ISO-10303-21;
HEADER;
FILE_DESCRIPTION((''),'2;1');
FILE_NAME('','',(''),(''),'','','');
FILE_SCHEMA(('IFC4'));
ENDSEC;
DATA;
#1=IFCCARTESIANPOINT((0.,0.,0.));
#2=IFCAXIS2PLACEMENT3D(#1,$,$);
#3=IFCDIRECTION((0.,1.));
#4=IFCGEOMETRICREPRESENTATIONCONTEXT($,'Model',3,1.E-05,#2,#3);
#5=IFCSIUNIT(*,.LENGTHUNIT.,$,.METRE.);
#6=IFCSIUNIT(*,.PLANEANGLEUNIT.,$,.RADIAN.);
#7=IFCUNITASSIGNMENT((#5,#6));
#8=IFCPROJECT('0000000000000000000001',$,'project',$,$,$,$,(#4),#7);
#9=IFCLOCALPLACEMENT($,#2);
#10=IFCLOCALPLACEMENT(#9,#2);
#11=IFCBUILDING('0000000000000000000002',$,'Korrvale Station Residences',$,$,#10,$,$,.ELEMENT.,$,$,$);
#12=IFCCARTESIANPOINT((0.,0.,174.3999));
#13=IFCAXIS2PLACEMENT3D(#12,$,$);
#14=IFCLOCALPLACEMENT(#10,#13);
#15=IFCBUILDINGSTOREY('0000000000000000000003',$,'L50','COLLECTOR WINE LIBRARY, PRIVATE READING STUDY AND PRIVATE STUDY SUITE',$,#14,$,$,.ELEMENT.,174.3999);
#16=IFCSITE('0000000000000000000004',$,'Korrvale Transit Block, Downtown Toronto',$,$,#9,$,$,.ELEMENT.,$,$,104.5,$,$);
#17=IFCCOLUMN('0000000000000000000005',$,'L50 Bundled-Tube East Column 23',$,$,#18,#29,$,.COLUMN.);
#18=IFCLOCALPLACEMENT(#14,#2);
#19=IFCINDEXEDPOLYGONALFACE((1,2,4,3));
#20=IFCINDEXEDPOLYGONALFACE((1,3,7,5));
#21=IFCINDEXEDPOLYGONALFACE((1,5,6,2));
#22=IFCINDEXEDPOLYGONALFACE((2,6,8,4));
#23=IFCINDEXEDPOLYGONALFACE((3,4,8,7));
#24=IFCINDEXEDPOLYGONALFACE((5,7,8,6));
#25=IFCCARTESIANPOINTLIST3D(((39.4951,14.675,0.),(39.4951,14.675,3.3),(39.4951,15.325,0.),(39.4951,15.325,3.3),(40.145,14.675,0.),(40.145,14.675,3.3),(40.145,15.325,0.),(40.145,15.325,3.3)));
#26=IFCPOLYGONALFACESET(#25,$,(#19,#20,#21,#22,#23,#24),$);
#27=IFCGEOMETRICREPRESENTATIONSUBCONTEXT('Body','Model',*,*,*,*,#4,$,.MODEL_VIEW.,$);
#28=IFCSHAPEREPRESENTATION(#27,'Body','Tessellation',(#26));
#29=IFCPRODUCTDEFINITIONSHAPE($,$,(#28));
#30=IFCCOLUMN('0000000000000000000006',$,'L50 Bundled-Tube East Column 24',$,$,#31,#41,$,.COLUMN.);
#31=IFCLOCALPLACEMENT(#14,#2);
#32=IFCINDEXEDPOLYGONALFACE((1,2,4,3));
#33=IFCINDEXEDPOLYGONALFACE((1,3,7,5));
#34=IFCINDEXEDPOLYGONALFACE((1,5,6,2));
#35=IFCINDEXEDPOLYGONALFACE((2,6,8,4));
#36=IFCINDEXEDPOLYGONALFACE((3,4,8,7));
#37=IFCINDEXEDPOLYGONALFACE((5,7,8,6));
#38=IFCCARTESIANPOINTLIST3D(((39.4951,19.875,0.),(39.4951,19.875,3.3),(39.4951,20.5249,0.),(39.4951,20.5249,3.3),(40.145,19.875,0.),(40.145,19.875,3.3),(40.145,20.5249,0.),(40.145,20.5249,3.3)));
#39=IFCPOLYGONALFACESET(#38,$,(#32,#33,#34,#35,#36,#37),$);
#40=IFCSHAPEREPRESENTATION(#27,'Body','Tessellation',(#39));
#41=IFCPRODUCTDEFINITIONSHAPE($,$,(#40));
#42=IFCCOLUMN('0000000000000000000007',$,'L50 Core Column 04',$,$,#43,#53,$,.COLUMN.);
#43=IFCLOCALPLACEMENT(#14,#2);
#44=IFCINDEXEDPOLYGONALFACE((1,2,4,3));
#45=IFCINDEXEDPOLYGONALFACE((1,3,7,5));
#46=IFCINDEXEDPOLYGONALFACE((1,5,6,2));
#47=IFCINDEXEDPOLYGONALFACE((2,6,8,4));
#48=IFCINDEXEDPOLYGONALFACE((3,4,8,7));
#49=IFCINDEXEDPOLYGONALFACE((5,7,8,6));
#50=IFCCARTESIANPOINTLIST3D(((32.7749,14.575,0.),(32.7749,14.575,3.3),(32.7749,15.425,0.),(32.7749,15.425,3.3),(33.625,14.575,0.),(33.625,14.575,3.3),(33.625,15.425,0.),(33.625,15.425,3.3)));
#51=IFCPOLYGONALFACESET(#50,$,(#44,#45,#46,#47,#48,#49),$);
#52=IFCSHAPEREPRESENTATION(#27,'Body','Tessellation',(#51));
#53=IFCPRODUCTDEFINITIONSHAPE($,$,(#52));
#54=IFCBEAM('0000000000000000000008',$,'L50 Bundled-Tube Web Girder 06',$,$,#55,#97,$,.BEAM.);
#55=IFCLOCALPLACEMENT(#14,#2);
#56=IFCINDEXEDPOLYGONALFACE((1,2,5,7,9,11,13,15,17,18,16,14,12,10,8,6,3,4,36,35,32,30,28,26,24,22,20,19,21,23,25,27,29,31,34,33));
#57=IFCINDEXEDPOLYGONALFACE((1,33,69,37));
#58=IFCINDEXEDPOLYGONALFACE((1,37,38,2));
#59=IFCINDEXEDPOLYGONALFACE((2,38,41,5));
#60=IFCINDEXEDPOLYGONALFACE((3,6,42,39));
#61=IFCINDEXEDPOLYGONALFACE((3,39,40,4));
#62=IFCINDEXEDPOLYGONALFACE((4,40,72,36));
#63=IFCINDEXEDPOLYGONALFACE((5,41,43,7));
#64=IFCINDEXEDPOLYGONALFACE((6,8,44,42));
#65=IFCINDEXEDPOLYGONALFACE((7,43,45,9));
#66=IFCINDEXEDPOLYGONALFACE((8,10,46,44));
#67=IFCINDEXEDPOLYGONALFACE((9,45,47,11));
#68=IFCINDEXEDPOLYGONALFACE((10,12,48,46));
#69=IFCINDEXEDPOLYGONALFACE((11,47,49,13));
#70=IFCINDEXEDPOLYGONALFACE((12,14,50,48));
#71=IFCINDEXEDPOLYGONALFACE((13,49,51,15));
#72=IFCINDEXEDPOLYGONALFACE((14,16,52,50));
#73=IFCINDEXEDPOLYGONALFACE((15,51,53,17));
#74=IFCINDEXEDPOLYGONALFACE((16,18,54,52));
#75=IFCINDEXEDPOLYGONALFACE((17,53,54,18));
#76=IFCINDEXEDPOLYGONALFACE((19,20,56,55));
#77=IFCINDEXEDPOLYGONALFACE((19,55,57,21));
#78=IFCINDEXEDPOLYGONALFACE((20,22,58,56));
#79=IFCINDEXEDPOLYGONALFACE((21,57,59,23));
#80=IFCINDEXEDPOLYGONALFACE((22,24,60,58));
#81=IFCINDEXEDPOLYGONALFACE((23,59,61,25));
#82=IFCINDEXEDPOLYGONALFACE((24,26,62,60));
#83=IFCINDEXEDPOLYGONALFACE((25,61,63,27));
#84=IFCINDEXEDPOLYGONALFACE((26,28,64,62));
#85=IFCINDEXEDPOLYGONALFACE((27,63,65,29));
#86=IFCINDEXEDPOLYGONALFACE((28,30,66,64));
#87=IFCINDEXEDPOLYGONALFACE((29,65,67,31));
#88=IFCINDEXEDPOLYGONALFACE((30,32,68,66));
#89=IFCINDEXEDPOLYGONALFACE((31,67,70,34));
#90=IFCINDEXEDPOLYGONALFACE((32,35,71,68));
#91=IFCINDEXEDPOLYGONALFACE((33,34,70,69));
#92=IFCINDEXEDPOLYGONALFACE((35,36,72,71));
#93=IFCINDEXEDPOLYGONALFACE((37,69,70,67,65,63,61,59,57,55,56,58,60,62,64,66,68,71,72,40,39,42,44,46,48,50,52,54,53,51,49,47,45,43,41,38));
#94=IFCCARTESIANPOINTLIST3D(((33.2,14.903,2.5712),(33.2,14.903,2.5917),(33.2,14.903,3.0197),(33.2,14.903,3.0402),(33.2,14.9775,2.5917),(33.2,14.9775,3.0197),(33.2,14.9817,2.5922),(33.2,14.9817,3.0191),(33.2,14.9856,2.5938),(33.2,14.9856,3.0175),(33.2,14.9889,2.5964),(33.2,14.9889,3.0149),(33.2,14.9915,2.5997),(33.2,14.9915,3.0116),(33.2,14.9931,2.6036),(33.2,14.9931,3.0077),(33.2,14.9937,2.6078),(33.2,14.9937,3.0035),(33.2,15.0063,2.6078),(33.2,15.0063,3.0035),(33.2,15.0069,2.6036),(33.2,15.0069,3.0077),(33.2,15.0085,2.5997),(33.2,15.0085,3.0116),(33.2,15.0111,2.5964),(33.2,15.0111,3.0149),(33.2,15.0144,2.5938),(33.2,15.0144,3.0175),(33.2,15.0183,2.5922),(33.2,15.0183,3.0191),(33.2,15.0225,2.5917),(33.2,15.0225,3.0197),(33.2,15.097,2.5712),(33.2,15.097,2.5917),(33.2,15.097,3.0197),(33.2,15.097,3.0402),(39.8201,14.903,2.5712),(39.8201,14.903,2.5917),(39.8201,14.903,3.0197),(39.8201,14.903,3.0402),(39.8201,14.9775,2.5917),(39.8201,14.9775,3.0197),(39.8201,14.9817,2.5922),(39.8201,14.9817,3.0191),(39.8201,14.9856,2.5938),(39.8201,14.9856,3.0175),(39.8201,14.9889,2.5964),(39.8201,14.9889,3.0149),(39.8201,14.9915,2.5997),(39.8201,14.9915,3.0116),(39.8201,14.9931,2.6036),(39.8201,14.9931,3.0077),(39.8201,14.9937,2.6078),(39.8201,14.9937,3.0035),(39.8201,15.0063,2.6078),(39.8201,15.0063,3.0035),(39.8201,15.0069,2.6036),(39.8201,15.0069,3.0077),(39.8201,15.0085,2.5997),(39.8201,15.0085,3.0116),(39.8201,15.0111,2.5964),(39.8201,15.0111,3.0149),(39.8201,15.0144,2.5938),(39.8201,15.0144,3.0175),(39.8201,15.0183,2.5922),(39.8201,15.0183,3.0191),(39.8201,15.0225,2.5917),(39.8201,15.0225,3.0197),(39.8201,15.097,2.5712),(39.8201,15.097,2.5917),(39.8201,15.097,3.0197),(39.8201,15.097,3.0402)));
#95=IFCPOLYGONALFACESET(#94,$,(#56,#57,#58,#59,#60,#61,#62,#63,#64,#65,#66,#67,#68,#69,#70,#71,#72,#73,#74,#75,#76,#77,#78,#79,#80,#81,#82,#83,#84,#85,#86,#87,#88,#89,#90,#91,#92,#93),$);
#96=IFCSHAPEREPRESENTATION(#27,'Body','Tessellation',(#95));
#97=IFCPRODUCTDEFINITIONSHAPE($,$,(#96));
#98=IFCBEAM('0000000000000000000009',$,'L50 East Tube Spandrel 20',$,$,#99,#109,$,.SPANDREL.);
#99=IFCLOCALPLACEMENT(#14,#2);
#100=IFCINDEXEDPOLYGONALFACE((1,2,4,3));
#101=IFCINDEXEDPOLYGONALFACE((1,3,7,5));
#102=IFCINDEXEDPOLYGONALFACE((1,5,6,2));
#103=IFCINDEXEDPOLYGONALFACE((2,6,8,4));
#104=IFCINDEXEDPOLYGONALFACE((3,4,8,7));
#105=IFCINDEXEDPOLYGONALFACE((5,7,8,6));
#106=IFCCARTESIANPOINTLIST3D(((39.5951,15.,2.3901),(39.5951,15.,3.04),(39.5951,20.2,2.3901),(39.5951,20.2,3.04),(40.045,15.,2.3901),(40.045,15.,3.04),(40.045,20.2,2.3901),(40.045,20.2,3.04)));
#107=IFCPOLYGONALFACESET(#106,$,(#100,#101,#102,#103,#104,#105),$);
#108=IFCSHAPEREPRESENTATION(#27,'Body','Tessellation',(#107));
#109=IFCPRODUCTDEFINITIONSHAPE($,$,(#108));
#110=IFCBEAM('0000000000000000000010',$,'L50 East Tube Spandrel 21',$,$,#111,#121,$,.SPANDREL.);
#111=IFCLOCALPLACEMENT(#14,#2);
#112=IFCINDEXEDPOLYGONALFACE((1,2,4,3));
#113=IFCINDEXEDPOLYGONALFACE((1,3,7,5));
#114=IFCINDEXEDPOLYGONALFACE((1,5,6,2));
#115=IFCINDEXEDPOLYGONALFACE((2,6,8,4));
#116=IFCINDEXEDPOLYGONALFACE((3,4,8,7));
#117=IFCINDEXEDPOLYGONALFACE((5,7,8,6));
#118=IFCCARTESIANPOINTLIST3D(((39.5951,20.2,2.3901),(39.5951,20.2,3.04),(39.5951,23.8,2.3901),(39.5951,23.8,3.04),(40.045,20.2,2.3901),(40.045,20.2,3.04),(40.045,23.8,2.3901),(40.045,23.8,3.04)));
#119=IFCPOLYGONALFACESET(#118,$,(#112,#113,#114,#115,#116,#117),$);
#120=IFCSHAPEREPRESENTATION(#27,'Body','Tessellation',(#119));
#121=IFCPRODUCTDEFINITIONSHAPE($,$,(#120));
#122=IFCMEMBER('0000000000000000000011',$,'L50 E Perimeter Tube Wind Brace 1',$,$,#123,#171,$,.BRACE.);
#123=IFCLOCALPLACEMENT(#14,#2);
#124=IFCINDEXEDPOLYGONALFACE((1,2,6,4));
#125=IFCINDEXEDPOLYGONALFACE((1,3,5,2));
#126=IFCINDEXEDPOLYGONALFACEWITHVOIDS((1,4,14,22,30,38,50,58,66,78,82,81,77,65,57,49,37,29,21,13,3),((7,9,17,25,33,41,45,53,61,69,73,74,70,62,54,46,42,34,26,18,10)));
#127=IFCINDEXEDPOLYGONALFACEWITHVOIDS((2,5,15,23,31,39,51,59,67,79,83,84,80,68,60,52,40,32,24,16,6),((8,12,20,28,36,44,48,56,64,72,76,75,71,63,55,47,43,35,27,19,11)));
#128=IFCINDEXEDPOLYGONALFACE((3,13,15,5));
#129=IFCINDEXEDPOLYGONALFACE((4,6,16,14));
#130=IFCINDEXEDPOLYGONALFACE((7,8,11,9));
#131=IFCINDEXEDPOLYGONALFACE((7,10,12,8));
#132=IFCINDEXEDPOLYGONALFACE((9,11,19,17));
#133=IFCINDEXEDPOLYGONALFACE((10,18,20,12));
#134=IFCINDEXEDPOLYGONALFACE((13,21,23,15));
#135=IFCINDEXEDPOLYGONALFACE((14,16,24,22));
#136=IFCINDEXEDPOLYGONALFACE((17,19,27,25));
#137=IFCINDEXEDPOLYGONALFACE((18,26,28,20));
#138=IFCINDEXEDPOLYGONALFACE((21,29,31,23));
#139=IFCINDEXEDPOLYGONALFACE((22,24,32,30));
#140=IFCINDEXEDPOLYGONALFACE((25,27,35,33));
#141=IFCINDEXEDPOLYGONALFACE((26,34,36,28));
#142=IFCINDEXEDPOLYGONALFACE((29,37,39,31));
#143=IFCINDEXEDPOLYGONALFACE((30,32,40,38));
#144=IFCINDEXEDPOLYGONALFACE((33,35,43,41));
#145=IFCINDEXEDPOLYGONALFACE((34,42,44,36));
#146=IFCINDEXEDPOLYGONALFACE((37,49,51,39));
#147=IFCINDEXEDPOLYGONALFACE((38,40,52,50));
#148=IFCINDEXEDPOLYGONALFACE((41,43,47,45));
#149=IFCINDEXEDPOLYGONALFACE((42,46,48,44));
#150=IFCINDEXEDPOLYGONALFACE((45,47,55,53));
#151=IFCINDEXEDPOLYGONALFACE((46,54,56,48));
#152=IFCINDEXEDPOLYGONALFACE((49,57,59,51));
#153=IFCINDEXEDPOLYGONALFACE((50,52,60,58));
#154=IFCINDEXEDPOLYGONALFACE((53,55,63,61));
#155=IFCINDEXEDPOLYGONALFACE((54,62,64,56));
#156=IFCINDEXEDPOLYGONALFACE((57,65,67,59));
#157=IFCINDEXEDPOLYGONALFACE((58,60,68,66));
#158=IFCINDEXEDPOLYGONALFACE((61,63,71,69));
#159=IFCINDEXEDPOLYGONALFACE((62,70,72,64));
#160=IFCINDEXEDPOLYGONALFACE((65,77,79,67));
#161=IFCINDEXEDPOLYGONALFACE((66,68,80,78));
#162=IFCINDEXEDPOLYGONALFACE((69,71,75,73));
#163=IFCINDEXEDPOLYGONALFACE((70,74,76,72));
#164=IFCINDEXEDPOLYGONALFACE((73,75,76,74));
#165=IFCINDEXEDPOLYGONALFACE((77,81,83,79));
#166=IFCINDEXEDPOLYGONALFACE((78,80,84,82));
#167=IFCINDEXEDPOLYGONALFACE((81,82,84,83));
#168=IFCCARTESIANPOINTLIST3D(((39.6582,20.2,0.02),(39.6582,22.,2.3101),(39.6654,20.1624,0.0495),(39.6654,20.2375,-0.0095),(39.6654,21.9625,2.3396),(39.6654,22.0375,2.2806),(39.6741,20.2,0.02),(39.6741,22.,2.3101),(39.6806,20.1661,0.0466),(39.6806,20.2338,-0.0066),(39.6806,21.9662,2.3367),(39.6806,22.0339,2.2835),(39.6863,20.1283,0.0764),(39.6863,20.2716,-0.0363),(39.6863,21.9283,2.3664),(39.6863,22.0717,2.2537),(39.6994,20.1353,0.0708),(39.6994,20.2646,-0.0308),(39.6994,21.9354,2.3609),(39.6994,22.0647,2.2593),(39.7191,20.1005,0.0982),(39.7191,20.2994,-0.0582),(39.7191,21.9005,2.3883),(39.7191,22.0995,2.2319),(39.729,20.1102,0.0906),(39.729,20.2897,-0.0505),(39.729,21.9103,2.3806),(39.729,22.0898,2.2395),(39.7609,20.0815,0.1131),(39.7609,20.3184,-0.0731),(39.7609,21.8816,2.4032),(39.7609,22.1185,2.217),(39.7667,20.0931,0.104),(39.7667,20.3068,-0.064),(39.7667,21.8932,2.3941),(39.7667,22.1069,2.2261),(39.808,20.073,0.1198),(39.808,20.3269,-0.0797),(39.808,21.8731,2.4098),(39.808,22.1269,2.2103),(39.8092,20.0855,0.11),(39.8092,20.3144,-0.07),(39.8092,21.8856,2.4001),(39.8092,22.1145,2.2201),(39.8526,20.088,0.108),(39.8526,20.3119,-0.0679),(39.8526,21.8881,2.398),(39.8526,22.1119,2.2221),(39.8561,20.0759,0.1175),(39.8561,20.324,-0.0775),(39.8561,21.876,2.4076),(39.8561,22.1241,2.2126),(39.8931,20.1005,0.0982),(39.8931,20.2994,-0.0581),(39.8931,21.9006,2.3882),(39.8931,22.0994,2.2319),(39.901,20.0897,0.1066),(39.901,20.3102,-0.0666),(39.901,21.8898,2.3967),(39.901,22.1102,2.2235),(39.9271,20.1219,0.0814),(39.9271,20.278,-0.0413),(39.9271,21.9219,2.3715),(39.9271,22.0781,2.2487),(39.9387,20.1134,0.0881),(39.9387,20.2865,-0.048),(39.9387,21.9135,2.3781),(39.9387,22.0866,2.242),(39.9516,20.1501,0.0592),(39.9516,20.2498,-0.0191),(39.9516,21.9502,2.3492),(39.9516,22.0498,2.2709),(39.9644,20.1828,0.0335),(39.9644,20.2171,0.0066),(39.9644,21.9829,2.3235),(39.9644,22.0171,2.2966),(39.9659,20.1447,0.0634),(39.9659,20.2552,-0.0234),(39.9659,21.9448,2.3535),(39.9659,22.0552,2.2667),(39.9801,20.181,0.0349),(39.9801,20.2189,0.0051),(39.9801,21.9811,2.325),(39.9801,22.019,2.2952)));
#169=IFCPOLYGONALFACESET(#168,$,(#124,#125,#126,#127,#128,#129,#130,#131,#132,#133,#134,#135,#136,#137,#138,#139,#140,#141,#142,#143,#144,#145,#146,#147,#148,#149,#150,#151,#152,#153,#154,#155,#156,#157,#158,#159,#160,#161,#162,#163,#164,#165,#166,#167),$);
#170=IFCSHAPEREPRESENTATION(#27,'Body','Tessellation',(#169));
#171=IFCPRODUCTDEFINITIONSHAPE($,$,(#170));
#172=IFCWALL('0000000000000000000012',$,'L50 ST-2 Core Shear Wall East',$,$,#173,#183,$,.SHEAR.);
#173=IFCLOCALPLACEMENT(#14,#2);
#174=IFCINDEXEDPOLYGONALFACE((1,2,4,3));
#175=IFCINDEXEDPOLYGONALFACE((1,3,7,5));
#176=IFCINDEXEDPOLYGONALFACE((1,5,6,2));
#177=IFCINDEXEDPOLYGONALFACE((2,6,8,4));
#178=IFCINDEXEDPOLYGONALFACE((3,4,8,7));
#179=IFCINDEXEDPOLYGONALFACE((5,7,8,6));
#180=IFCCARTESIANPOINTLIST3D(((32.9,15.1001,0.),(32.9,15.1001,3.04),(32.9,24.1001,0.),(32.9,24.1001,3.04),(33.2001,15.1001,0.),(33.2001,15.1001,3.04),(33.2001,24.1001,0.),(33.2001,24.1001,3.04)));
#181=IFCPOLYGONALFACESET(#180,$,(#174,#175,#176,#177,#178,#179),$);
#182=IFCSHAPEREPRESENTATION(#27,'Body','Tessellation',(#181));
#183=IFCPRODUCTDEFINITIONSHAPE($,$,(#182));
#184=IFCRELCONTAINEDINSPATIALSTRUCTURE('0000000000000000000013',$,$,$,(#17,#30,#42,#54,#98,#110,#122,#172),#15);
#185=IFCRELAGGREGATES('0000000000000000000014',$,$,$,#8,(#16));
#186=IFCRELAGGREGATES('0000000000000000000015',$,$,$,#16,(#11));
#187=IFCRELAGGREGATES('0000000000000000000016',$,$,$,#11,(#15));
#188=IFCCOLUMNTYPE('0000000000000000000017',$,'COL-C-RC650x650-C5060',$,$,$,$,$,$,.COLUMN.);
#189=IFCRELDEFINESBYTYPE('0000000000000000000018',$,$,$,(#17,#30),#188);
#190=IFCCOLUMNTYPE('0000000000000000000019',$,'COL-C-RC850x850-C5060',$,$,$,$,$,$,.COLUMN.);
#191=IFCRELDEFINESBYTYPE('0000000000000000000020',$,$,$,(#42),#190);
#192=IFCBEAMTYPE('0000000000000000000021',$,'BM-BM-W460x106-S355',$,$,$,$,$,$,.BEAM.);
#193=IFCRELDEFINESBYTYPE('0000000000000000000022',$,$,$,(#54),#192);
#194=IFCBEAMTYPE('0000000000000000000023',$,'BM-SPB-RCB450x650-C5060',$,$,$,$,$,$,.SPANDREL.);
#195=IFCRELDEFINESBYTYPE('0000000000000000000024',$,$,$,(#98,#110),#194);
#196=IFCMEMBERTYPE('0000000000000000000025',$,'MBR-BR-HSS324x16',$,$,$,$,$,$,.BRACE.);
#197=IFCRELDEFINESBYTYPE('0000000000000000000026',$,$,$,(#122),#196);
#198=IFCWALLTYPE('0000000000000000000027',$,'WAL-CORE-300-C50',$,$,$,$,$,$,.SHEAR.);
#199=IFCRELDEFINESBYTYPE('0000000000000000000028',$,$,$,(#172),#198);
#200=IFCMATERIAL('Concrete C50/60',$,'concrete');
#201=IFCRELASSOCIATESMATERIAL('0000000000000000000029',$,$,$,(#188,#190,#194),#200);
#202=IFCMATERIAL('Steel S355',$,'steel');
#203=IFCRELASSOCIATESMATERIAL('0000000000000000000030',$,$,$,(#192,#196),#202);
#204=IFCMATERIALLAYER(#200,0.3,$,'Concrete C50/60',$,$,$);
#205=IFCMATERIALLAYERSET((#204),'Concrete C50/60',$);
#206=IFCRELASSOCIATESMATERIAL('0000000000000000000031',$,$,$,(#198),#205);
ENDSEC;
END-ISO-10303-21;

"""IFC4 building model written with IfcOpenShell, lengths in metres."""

from ifc_helpers import new_model, si_unit, direction, frame, frame_2d, origin, origin_2d, place, context, subcontext, project, spatial, rectangle, hollow_circle, i_section, extrude, material, layer, layer_set, material_profile, profile_set, type_object, element, save


model = new_model("IFC4")

# Units and contexts
model_context = context("Model", 3, precision=1e-05, world=origin(), true_north=direction((0.0, 1.0)))
body_context = subcontext(model_context, "Body", "Model", "MODEL_VIEW")
ifc_project = project(units=[si_unit("LENGTHUNIT", "METRE"), si_unit("PLANEANGLEUNIT", "RADIAN")], contexts=[model_context])

# Site, building, storey
site_placement = place(None, origin())
site = spatial("IfcSite", under=ifc_project, at=site_placement, Name="Korrvale Transit Block, Downtown Toronto", CompositionType="ELEMENT", RefElevation=104.5)
building_placement = place(site_placement, origin())
building = spatial("IfcBuilding", under=site, at=building_placement, Name="Korrvale Station Residences", CompositionType="ELEMENT")
storey_placement = place(building_placement, frame((0.0, 0.0, 174.3999)))
storey = spatial("IfcBuildingStorey", under=building, at=storey_placement, Name="L50", Description="COLLECTOR WINE LIBRARY, PRIVATE READING STUDY AND PRIVATE STUDY SUITE", CompositionType="ELEMENT", Elevation=174.3999)

# Columns
ifc_material_1 = material(Name="Concrete C50/60", Category="concrete")
ifc_material_profile_1 = material_profile(ifc_material_1, rectangle(XDim=0.6499, YDim=0.6499, at=origin_2d()), Name="RC650x650")
ifc_profile_set_1 = profile_set([ifc_material_profile_1], Name="Concrete C50/60")
column_type_1 = type_object("IfcColumnType", Name="COL-C-RC650x650-C5060", PredefinedType="COLUMN", material=ifc_profile_set_1)
for number, where, z_axis, x_axis, name in (
    (1, (39.8201, 15.0, 0.0), (0.0, 0.0, 1.0), (1.0, 0.0, 0.0), "L50 Bundled-Tube East Column 23"),
    (2, (39.8201, 20.2, 0.0), (0.0, 0.0, 1.0), (1.0, 0.0, 0.0), "L50 Bundled-Tube East Column 24"),
):
    element("IfcColumn", number, at=place(storey_placement, frame(where, z_axis=z_axis, x_axis=x_axis)), inside=storey, type_object=column_type_1, Name=name, PredefinedType="COLUMN", context=body_context, shape_type="SweptSolid", body=[
        extrude(rectangle(XDim=0.6499, YDim=0.6499, at=origin_2d()), origin(), (0.0, 0.0, 1.0), 3.3),
    ])
ifc_material_profile_2 = material_profile(ifc_material_1, rectangle(XDim=0.8501, YDim=0.8501, at=origin_2d()), Name="RC850x850")
ifc_profile_set_2 = profile_set([ifc_material_profile_2], Name="Concrete C50/60")
column_type_2 = type_object("IfcColumnType", Name="COL-C-RC850x850-C5060", PredefinedType="COLUMN", material=ifc_profile_set_2)
column_placement = place(storey_placement, frame((33.2, 15.0, 0.0), z_axis=(0.0, 0.0, 1.0), x_axis=(1.0, 0.0, 0.0)))
element("IfcColumn", 3, at=column_placement, inside=storey, type_object=column_type_2, Name="L50 Core Column 04", PredefinedType="COLUMN", context=body_context, shape_type="SweptSolid", body=[
    extrude(rectangle(XDim=0.8501, YDim=0.8501, at=origin_2d()), origin(), (0.0, 0.0, 1.0), 3.3),
])

# Beams
ifc_material_2 = material(Name="Steel S355", Category="steel")
ifc_material_profile_3 = material_profile(ifc_material_2, i_section(OverallWidth=0.1941, OverallDepth=0.469, WebThickness=0.0127, FlangeThickness=0.0205, FilletRadius=0.0161, at=origin_2d()), Name="W460x106")
ifc_profile_set_3 = profile_set([ifc_material_profile_3], Name="Steel S355")
beam_type_1 = type_object("IfcBeamType", Name="BM-BM-W460x106-S355", PredefinedType="BEAM", material=ifc_profile_set_3)
beam_1_placement = place(storey_placement, frame((33.2, 15.0, 2.8057), z_axis=(1.0, 0.0, 0.0), x_axis=(0.0, 1.0, 0.0)))
element("IfcBeam", 4, at=beam_1_placement, inside=storey, type_object=beam_type_1, Name="L50 Bundled-Tube Web Girder 06", PredefinedType="BEAM", context=body_context, shape_type="SweptSolid", body=[
    extrude(i_section(OverallWidth=0.1941, OverallDepth=0.469, WebThickness=0.0127, FlangeThickness=0.0205, FilletRadius=0.0161, at=origin_2d()), origin(), (0.0, 0.0, 1.0), 6.6201),
])
ifc_material_profile_4 = material_profile(ifc_material_1, rectangle(XDim=0.45, YDim=0.6499, at=origin_2d()), Name="RCB450x650")
ifc_profile_set_4 = profile_set([ifc_material_profile_4], Name="Concrete C50/60")
beam_type_2 = type_object("IfcBeamType", Name="BM-SPB-RCB450x650-C5060", PredefinedType="SPANDREL", material=ifc_profile_set_4)
beam_2_placement = place(storey_placement, frame((39.8201, 15.0, 2.7151), z_axis=(0.0, 1.0, 0.0), x_axis=(-1.0, 0.0, 0.0)))
element("IfcBeam", 5, at=beam_2_placement, inside=storey, type_object=beam_type_2, Name="L50 East Tube Spandrel 20", PredefinedType="SPANDREL", context=body_context, shape_type="SweptSolid", body=[
    extrude(rectangle(XDim=0.45, YDim=0.6499, at=origin_2d()), origin(), (0.0, 0.0, 1.0), 5.2),
])
beam_3_placement = place(storey_placement, frame((39.8201, 20.2, 2.7151), z_axis=(0.0, 1.0, 0.0), x_axis=(-1.0, 0.0, 0.0)))
element("IfcBeam", 6, at=beam_3_placement, inside=storey, type_object=beam_type_2, Name="L50 East Tube Spandrel 21", PredefinedType="SPANDREL", context=body_context, shape_type="SweptSolid", body=[
    extrude(rectangle(XDim=0.45, YDim=0.6499, at=origin_2d()), origin(), (0.0, 0.0, 1.0), 3.6001),
])

# Member
ifc_material_profile_5 = material_profile(ifc_material_2, hollow_circle(Radius=0.1619, WallThickness=0.0159, at=origin_2d()), Name="HSS324x16")
ifc_profile_set_5 = profile_set([ifc_material_profile_5], Name="Steel S355")
member_type = type_object("IfcMemberType", Name="MBR-BR-HSS324x16", PredefinedType="BRACE", material=ifc_profile_set_5)
member_placement = place(storey_placement, frame((39.8201, 20.2, 0.02), z_axis=(0.0, 0.617977, 0.786196), x_axis=(-1.0, 0.0, 0.0)))
element("IfcMember", 7, at=member_placement, inside=storey, type_object=member_type, Name="L50 E Perimeter Tube Wind Brace 1", PredefinedType="BRACE", context=body_context, shape_type="SweptSolid", body=[
    extrude(hollow_circle(Radius=0.1619, WallThickness=0.0159, at=origin_2d()), origin(), (0.0, 0.0, 1.0), 2.9128),
])

# Wall
ifc_layer_1 = layer(ifc_material_1, 0.3, Name="Concrete C50/60")
ifc_layer_set_1 = layer_set([ifc_layer_1], Name="Concrete C50/60")
wall_type_1 = type_object("IfcWallType", Name="WAL-CORE-300-C50", PredefinedType="SHEAR", material=ifc_layer_set_1)
wall_1_placement = place(storey_placement, frame((33.05, 15.1001, 0.0), z_axis=(0.0, 0.0, 1.0), x_axis=(0.0, 1.0, 0.0)))
element("IfcWall", 8, at=wall_1_placement, inside=storey, type_object=wall_type_1, Name="L50 ST-2 Core Shear Wall East", PredefinedType="SHEAR", context=body_context, shape_type="SweptSolid", body=[
    extrude(rectangle(XDim=9.0, YDim=0.3, at=frame_2d((4.5, 0.0))), origin(), (0.0, 0.0, 1.0), 3.04),
])

save(model, "model.ifc")
